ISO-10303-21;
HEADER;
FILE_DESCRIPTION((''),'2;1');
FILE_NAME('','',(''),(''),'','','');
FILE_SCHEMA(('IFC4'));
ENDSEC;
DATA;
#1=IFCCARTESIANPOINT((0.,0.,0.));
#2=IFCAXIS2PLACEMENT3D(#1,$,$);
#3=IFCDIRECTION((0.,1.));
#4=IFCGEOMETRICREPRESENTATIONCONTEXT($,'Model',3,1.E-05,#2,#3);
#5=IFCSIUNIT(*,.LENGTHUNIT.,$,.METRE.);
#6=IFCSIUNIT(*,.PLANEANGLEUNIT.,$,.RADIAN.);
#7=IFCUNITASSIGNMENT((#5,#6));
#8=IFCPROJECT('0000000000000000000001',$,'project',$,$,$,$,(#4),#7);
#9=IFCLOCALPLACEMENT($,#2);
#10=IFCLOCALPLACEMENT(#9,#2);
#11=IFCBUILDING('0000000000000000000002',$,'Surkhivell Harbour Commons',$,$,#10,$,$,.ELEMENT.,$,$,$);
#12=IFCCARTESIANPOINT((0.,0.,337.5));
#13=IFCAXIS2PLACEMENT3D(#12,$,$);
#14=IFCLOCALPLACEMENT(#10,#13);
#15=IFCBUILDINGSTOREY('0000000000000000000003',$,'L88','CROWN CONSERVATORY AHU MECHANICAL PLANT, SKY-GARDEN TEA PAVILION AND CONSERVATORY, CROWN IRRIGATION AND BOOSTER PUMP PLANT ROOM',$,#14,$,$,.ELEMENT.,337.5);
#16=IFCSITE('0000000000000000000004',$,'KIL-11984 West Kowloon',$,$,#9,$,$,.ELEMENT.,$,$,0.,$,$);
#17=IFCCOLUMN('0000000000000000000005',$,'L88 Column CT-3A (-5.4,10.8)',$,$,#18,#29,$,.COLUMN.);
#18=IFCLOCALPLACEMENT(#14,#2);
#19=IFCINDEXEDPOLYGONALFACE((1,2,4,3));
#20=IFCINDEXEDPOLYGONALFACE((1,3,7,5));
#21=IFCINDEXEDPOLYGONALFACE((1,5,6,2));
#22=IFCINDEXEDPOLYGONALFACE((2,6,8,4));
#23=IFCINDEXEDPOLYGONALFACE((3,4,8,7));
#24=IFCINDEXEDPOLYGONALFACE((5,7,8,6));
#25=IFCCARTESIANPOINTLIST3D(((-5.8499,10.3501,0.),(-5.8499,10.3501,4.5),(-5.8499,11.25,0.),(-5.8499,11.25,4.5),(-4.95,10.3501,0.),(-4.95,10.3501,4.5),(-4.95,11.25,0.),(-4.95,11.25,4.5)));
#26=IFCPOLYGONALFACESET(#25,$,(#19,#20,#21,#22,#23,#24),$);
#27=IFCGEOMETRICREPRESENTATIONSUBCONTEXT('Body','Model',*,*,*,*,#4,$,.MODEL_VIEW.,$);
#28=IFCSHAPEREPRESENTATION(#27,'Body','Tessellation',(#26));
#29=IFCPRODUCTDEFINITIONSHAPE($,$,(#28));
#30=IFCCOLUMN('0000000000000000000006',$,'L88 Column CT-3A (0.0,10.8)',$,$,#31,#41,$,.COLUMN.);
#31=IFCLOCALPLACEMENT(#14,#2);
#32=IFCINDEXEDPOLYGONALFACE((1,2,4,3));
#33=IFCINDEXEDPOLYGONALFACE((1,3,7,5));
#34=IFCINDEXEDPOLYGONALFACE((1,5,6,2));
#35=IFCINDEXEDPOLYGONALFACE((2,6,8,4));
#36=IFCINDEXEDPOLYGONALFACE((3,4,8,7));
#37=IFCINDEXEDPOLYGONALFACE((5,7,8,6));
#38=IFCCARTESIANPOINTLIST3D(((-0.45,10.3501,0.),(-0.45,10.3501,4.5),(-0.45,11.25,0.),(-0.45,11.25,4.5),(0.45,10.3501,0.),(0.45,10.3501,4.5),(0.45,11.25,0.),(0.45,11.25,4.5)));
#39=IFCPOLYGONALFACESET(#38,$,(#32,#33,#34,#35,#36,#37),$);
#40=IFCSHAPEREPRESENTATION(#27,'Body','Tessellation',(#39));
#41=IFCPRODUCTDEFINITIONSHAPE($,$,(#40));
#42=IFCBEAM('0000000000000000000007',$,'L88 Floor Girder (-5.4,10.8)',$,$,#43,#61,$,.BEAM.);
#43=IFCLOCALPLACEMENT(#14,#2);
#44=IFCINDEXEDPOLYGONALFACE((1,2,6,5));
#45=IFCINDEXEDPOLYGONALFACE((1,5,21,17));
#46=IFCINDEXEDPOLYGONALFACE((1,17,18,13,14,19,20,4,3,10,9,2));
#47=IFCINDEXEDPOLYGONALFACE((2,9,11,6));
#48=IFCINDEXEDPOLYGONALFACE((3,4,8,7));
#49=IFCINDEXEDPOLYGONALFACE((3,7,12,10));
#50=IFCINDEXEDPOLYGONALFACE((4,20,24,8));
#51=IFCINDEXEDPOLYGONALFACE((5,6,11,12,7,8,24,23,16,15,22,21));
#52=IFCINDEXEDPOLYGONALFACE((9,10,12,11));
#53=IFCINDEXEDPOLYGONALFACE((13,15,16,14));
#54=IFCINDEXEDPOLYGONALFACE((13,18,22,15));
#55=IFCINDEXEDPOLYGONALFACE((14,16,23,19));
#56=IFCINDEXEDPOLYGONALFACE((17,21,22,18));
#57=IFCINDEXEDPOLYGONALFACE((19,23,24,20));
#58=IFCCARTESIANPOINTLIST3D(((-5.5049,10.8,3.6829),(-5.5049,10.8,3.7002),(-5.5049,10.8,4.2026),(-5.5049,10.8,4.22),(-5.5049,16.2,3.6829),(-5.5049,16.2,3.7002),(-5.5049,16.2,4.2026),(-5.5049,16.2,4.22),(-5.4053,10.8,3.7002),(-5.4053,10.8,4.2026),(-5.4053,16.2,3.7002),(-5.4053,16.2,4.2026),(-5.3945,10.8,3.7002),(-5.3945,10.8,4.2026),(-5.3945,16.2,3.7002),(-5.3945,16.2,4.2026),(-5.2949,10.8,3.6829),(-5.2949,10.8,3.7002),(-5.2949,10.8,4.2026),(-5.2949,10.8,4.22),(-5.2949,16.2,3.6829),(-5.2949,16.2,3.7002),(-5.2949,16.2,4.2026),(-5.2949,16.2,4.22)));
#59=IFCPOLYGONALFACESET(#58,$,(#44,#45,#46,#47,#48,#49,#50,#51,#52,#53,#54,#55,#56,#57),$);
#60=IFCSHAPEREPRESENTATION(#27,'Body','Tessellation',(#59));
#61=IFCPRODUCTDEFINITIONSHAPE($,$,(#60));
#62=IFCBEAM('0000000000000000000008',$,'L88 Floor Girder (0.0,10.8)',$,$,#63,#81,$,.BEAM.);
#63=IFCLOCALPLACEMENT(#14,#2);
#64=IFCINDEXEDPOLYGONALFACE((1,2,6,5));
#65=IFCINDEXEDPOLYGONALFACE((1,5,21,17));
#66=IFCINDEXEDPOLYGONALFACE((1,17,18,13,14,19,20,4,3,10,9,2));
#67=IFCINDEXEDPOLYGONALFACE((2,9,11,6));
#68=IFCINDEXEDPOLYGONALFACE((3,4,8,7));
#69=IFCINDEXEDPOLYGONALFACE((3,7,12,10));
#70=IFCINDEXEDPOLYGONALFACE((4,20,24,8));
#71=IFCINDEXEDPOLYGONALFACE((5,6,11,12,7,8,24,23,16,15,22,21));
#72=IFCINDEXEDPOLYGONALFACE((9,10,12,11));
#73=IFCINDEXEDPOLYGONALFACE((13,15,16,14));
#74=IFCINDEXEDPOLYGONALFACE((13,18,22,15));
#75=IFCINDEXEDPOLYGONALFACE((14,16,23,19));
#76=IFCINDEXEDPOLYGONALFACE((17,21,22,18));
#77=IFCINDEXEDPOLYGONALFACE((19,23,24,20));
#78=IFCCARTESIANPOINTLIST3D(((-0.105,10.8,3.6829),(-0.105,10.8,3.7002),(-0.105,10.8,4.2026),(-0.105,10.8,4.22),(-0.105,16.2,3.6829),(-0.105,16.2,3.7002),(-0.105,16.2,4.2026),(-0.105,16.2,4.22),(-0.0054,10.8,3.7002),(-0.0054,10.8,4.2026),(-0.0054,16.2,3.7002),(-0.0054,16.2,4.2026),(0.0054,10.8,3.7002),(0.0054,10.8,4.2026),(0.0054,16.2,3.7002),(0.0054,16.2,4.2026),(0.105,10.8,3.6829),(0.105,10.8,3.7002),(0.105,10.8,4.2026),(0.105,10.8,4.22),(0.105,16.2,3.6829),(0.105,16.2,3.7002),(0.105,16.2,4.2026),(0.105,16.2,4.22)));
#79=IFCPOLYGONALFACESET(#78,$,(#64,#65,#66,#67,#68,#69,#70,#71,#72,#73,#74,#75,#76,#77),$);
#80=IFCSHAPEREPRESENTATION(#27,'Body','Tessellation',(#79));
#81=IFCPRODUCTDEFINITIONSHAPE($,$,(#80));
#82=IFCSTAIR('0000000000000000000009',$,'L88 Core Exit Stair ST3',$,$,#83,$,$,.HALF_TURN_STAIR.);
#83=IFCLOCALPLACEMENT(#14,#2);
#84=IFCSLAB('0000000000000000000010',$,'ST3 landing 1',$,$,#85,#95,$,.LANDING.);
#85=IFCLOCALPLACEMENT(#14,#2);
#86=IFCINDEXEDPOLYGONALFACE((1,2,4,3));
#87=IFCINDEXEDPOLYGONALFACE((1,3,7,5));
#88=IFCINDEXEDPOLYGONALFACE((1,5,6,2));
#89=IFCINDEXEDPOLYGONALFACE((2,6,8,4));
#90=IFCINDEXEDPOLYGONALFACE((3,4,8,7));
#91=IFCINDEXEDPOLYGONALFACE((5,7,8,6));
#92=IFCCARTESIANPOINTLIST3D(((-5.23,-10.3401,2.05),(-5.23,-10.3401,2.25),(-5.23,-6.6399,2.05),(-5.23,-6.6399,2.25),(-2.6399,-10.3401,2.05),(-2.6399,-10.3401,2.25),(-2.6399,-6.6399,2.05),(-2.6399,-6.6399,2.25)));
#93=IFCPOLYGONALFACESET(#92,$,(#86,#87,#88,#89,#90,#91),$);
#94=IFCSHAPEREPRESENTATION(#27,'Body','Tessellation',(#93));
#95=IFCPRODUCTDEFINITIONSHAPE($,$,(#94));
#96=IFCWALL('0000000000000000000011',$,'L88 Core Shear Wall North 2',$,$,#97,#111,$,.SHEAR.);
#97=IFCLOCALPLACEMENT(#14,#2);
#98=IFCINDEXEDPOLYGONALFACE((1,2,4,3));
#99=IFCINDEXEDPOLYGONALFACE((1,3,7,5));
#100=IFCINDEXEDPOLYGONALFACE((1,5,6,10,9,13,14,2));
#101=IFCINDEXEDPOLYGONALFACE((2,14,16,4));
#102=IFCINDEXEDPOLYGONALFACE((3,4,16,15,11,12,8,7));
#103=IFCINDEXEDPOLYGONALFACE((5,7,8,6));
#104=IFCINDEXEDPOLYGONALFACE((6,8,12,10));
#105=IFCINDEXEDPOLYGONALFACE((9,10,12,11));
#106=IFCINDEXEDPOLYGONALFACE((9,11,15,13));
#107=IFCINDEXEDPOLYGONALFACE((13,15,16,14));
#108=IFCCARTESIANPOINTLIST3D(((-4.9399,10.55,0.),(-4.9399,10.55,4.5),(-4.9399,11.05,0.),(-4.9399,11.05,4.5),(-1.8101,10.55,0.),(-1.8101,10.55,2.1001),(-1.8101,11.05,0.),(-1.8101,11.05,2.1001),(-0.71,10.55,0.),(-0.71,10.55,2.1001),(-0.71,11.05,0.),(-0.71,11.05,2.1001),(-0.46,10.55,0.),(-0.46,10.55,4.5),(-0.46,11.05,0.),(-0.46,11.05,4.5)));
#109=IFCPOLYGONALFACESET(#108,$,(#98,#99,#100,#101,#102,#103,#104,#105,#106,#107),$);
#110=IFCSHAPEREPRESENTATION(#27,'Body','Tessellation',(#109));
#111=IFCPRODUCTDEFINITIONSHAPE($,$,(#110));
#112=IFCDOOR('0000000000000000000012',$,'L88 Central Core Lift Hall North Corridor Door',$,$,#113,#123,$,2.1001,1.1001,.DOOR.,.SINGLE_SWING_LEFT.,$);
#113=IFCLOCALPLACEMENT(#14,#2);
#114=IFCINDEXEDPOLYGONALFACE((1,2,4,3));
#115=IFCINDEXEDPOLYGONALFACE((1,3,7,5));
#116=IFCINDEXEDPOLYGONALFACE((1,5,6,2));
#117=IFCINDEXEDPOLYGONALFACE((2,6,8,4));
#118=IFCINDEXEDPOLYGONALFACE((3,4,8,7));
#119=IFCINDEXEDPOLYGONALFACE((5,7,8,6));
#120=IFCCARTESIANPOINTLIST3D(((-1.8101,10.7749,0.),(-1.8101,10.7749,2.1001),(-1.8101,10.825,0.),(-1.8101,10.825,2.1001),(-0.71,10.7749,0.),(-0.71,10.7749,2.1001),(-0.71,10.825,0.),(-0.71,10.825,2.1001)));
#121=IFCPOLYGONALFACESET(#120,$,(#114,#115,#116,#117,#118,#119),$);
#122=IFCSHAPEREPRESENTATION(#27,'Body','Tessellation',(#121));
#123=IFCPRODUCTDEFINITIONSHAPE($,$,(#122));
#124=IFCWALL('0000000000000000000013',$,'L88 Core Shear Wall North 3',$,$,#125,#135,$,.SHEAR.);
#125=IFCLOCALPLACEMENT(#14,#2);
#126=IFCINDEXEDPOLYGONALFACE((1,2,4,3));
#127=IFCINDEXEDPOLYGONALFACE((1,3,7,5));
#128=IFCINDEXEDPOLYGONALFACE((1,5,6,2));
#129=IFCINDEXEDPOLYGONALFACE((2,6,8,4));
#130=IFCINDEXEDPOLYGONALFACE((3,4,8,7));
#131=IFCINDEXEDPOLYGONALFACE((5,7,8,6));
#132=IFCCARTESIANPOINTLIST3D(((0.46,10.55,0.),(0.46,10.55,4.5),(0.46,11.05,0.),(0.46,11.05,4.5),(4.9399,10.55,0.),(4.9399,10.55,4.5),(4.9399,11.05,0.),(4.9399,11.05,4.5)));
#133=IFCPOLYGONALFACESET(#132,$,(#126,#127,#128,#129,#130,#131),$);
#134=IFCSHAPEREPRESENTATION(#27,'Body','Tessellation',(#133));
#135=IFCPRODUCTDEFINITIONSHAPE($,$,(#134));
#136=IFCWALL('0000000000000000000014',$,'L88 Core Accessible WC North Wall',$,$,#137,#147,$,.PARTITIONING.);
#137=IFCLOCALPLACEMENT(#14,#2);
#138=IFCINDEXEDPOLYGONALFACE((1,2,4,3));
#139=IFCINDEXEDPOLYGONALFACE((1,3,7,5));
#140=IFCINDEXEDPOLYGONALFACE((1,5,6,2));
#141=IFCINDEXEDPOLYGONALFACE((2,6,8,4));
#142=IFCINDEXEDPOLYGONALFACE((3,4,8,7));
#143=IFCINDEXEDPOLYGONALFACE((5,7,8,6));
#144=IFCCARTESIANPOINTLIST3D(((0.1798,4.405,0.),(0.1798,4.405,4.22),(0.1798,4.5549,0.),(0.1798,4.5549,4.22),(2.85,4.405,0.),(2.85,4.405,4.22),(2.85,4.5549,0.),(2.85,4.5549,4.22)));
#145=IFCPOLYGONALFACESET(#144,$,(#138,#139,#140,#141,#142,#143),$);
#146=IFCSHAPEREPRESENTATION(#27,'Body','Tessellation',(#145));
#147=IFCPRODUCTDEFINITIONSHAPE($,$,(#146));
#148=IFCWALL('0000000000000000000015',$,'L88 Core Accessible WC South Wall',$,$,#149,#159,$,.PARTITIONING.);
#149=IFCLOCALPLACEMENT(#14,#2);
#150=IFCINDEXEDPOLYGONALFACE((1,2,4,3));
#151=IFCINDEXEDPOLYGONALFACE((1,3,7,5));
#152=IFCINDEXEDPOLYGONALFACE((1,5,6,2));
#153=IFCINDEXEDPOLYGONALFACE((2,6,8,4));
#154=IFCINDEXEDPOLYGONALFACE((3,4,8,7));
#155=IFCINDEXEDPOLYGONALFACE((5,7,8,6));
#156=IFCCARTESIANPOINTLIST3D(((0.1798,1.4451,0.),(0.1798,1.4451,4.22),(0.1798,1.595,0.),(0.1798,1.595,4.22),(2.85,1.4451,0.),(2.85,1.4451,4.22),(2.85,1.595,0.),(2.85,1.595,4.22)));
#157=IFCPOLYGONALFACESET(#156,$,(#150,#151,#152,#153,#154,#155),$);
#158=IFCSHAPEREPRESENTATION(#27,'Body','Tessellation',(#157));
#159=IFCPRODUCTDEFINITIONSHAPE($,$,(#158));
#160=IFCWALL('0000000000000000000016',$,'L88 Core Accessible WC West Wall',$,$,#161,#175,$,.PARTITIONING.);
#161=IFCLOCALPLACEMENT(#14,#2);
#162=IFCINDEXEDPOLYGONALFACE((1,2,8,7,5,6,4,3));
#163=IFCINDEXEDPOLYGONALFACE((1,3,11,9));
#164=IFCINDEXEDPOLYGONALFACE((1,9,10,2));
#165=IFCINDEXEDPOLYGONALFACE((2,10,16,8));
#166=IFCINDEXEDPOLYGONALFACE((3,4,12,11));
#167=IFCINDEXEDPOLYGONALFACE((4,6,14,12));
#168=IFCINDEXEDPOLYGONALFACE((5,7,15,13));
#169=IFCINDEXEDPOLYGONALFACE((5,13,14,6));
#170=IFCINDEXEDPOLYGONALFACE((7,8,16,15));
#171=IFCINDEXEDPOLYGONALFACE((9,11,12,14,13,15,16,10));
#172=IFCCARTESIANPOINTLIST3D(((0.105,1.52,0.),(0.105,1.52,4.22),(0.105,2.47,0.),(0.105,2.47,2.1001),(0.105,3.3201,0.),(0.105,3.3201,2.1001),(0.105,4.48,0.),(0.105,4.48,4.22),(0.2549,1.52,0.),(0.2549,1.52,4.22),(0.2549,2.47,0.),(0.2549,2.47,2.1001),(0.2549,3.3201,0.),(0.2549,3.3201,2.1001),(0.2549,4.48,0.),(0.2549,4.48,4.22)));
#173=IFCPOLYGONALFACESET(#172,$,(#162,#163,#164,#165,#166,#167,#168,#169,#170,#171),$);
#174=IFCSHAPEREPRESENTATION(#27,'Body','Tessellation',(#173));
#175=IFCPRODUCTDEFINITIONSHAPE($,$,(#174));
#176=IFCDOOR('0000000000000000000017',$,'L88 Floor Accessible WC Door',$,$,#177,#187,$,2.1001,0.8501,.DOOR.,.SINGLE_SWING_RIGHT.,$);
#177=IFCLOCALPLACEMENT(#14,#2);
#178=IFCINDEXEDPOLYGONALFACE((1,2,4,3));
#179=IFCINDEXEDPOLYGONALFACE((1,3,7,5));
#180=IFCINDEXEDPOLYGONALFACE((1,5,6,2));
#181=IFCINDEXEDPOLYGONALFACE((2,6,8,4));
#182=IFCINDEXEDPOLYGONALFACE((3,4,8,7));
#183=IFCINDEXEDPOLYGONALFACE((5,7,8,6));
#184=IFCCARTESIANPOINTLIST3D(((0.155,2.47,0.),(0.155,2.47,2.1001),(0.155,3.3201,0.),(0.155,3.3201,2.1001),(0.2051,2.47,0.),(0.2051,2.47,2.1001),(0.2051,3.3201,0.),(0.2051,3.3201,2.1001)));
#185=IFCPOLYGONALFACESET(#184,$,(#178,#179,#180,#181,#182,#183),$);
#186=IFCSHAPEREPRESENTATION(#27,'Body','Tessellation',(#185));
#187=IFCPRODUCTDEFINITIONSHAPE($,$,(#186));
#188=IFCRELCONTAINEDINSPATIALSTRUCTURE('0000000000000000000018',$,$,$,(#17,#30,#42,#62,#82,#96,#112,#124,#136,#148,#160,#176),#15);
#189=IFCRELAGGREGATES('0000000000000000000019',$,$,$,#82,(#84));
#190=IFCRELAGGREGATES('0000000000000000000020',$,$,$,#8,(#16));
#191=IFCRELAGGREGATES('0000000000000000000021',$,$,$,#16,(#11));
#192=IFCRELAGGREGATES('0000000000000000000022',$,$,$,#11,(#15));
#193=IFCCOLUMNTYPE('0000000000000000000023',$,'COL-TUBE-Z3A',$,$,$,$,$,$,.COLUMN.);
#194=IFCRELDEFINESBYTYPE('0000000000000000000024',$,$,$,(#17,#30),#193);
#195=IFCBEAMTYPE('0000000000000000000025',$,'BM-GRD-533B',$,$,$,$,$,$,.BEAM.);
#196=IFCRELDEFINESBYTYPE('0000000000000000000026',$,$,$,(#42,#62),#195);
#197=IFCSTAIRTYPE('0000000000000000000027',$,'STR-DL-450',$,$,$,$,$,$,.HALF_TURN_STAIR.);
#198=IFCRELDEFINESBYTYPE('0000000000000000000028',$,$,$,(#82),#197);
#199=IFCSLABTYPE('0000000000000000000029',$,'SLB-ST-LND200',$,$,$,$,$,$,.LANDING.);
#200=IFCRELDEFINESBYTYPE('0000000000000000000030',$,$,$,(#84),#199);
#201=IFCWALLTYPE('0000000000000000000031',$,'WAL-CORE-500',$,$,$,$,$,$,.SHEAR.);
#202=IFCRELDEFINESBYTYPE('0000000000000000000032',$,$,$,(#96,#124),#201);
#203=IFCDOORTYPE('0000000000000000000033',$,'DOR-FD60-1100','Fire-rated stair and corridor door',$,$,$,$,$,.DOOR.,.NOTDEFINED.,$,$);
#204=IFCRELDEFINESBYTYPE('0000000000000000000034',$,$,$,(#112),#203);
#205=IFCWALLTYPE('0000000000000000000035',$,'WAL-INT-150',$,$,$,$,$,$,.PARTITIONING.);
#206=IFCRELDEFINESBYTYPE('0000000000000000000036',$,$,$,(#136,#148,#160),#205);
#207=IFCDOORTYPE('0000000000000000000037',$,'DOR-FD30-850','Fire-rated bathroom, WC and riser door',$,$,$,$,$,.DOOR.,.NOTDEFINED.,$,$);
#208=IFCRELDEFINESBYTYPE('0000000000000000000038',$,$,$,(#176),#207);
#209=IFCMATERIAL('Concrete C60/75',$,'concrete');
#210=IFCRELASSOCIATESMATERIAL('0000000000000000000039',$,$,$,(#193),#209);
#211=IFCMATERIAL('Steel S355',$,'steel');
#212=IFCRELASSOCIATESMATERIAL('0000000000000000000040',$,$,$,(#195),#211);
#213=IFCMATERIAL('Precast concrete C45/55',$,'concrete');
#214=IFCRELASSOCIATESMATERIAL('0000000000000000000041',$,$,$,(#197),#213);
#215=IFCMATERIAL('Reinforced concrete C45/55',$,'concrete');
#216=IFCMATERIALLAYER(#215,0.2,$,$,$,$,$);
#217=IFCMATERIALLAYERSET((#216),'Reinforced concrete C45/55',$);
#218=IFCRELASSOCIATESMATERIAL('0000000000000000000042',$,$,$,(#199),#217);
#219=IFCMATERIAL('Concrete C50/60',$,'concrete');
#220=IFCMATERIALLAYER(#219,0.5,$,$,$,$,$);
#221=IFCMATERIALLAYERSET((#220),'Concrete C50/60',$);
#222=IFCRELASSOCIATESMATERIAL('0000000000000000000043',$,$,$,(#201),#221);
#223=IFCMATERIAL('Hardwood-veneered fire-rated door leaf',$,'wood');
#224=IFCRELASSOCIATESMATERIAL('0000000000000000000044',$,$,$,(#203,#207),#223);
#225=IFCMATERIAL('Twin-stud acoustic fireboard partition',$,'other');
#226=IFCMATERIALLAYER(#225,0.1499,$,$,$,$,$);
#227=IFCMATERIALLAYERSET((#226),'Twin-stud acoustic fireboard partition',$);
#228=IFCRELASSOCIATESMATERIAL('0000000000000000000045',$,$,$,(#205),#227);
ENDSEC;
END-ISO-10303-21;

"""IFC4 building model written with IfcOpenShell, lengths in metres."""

from ifc_helpers import new_model, si_unit, direction, frame, frame_2d, origin, origin_2d, place, context, subcontext, project, spatial, polyline, rectangle, i_section, outline, extrude, material, layer, layer_set, material_profile, profile_set, type_object, element, fill, aggregate, save


model = new_model("IFC4")

# Units and contexts
model_context = context("Model", 3, precision=1e-05, world=origin(), true_north=direction((0.0, 1.0)))
body_context = subcontext(model_context, "Body", "Model", "MODEL_VIEW")
ifc_project = project(units=[si_unit("LENGTHUNIT", "METRE"), si_unit("PLANEANGLEUNIT", "RADIAN")], contexts=[model_context])

# Site, building, storey
site_placement = place(None, origin())
site = spatial("IfcSite", under=ifc_project, at=site_placement, Name="KIL-11984 West Kowloon", CompositionType="ELEMENT", RefElevation=0.0)
building_placement = place(site_placement, origin())
building = spatial("IfcBuilding", under=site, at=building_placement, Name="Surkhivell Harbour Commons", CompositionType="ELEMENT")
storey_placement = place(building_placement, frame((0.0, 0.0, 337.5)))
storey = spatial("IfcBuildingStorey", under=building, at=storey_placement, Name="L88", Description="CROWN CONSERVATORY AHU MECHANICAL PLANT, SKY-GARDEN TEA PAVILION AND CONSERVATORY, CROWN IRRIGATION AND BOOSTER PUMP PLANT ROOM", CompositionType="ELEMENT", Elevation=337.5)

# Columns
ifc_material_1 = material(Name="Concrete C60/75", Category="concrete")
ifc_material_profile_1 = material_profile(ifc_material_1, rectangle(XDim=0.8999, YDim=0.8999, at=origin_2d()), Name="RC-COL-900x900")
ifc_profile_set_1 = profile_set([ifc_material_profile_1], Name="Concrete C60/75")
column_type = type_object("IfcColumnType", Name="COL-TUBE-Z3A", PredefinedType="COLUMN", material=ifc_profile_set_1)
for number, where, z_axis, x_axis, name in (
    (1, (-5.3999, 10.8, 0.0), (0.0, 0.0, 1.0), (1.0, 0.0, 0.0), "L88 Column CT-3A (-5.4,10.8)"),
    (2, (0.0, 10.8, 0.0), (0.0, 0.0, 1.0), (1.0, 0.0, 0.0), "L88 Column CT-3A (0.0,10.8)"),
):
    element("IfcColumn", number, at=place(storey_placement, frame(where, z_axis=z_axis, x_axis=x_axis)), inside=storey, type_object=column_type, Name=name, PredefinedType="COLUMN", context=body_context, shape_type="SweptSolid", body=[
        extrude(rectangle(XDim=0.8999, YDim=0.8999, at=origin_2d()), origin(), (0.0, 0.0, 1.0), 4.5),
    ])

# Beams
ifc_material_2 = material(Name="Steel S355", Category="steel")
ifc_material_profile_2 = material_profile(ifc_material_2, i_section(OverallWidth=0.21, OverallDepth=0.5371, WebThickness=0.0107, FlangeThickness=0.0173, at=origin_2d()), Name="UB533x210x101")
ifc_profile_set_2 = profile_set([ifc_material_profile_2], Name="Steel S355")
beam_type = type_object("IfcBeamType", Name="BM-GRD-533B", PredefinedType="BEAM", material=ifc_profile_set_2)
for number, where, z_axis, x_axis, name in (
    (3, (-5.3999, 10.8, 3.9514), (0.0, 1.0, 0.0), (-1.0, 0.0, 0.0), "L88 Floor Girder (-5.4,10.8)"),
    (4, (0.0, 10.8, 3.9514), (0.0, 1.0, 0.0), (-1.0, 0.0, 0.0), "L88 Floor Girder (0.0,10.8)"),
):
    element("IfcBeam", number, at=place(storey_placement, frame(where, z_axis=z_axis, x_axis=x_axis)), inside=storey, type_object=beam_type, Name=name, PredefinedType="BEAM", context=body_context, shape_type="SweptSolid", body=[
        extrude(i_section(OverallWidth=0.21, OverallDepth=0.5371, WebThickness=0.0107, FlangeThickness=0.0173, at=origin_2d()), origin(), (0.0, 0.0, 1.0), 5.3999),
    ])

# Stair, slab
ifc_material_3 = material(Name="Precast concrete C45/55", Category="concrete")
stair_type = type_object("IfcStairType", Name="STR-DL-450", PredefinedType="HALF_TURN_STAIR", material=ifc_material_3)
stair_1_placement = place(storey_placement, origin())
stair_1 = element("IfcStair", 5, at=stair_1_placement, inside=storey, type_object=stair_type, Name="L88 Core Exit Stair ST3", PredefinedType="HALF_TURN_STAIR")
ifc_material_4 = material(Name="Reinforced concrete C45/55", Category="concrete")
ifc_layer_1 = layer(ifc_material_4, 0.2)
ifc_layer_set_1 = layer_set([ifc_layer_1], Name="Reinforced concrete C45/55")
slab_type = type_object("IfcSlabType", Name="SLB-ST-LND200", PredefinedType="LANDING", material=ifc_layer_set_1)
slab_placement = place(storey_placement, frame((0.0, 0.0, 2.05)))
slab = element("IfcSlab", 6, at=slab_placement, type_object=slab_type, Name="ST3 landing 1", PredefinedType="LANDING", context=body_context, shape_type="SweptSolid", body=[
    extrude(outline(polyline([(-5.23, -10.3401), (-2.6399, -10.3401), (-2.6399, -6.6399), (-5.23, -6.6399), (-5.23, -10.3401)])), origin(), (0.0, 0.0, 1.0), 0.2),
])
aggregate(stair_1, [slab])

# Wall, opening, door
ifc_material_5 = material(Name="Concrete C50/60", Category="concrete")
ifc_layer_2 = layer(ifc_material_5, 0.5)
ifc_layer_set_2 = layer_set([ifc_layer_2], Name="Concrete C50/60")
wall_type_1 = type_object("IfcWallType", Name="WAL-CORE-500", PredefinedType="SHEAR", material=ifc_layer_set_2)
wall_1_placement = place(storey_placement, frame((-4.9399, 10.8, 0.0), z_axis=(0.0, 0.0, 1.0), x_axis=(1.0, 0.0, 0.0)))
wall_1 = element("IfcWall", 7, at=wall_1_placement, inside=storey, type_object=wall_type_1, Name="L88 Core Shear Wall North 2", PredefinedType="SHEAR", context=body_context, shape_type="SweptSolid", body=[
    extrude(rectangle(XDim=4.48, YDim=0.5, at=frame_2d((2.24, 0.0))), origin(), (0.0, 0.0, 1.0), 4.5),
])
opening_1_placement = place(wall_1_placement, frame((3.1299, 0.0, 0.0)))
opening_1 = element("IfcOpeningElement", 8, at=opening_1_placement, cuts=wall_1, PredefinedType="OPENING", context=body_context, shape_type="SweptSolid", body=[
    extrude(rectangle(XDim=1.1001, YDim=2.1001, at=frame_2d((0.55, 1.05))), frame((0.0, 0.26, 0.0), z_axis=(0.0, -1.0, 0.0), x_axis=(1.0, 0.0, 0.0)), (0.0, 0.0, 1.0), 0.52),
])
ifc_material_6 = material(Name="Hardwood-veneered fire-rated door leaf", Category="wood")
door_type_1 = type_object("IfcDoorType", Name="DOR-FD60-1100", Description="Fire-rated stair and corridor door", OperationType="NOTDEFINED", PredefinedType="DOOR", material=ifc_material_6)
door_1_placement = place(opening_1_placement, origin())
door_1 = element("IfcDoor", 9, at=door_1_placement, inside=storey, type_object=door_type_1, Name="L88 Central Core Lift Hall North Corridor Door", OperationType="SINGLE_SWING_LEFT", OverallHeight=2.1001, OverallWidth=1.1001, PredefinedType="DOOR", context=body_context, shape_type="SweptSolid", body=[
    extrude(rectangle(XDim=1.1001, YDim=2.1001, at=frame_2d((0.55, 1.05))), frame((0.0, 0.0249, 0.0), z_axis=(0.0, -1.0, 0.0), x_axis=(1.0, 0.0, 0.0)), (0.0, 0.0, 1.0), 0.05),
])
fill(opening_1, door_1)

# Walls
wall_2_placement = place(storey_placement, frame((0.46, 10.8, 0.0), z_axis=(0.0, 0.0, 1.0), x_axis=(1.0, 0.0, 0.0)))
element("IfcWall", 10, at=wall_2_placement, inside=storey, type_object=wall_type_1, Name="L88 Core Shear Wall North 3", PredefinedType="SHEAR", context=body_context, shape_type="SweptSolid", body=[
    extrude(rectangle(XDim=4.48, YDim=0.5, at=frame_2d((2.24, 0.0))), origin(), (0.0, 0.0, 1.0), 4.5),
])
ifc_material_7 = material(Name="Twin-stud acoustic fireboard partition", Category="other")
ifc_layer_3 = layer(ifc_material_7, 0.1499)
ifc_layer_set_3 = layer_set([ifc_layer_3], Name="Twin-stud acoustic fireboard partition")
wall_type_2 = type_object("IfcWallType", Name="WAL-INT-150", PredefinedType="PARTITIONING", material=ifc_layer_set_3)
for number, where, z_axis, x_axis, name in (
    (11, (0.1799, 4.48, 0.0), (0.0, 0.0, 1.0), (1.0, 0.0, 0.0), "L88 Core Accessible WC North Wall"),
    (12, (0.1799, 1.52, 0.0), (0.0, 0.0, 1.0), (1.0, 0.0, 0.0), "L88 Core Accessible WC South Wall"),
):
    element("IfcWall", number, at=place(storey_placement, frame(where, z_axis=z_axis, x_axis=x_axis)), inside=storey, type_object=wall_type_2, Name=name, PredefinedType="PARTITIONING", context=body_context, shape_type="SweptSolid", body=[
        extrude(rectangle(XDim=2.6702, YDim=0.1499, at=frame_2d((1.335, 0.0))), origin(), (0.0, 0.0, 1.0), 4.22),
    ])

# Wall, opening, door
wall_3_placement = place(storey_placement, frame((0.1799, 1.52, 0.0), z_axis=(0.0, 0.0, 1.0), x_axis=(0.0, 1.0, 0.0)))
wall_3 = element("IfcWall", 13, at=wall_3_placement, inside=storey, type_object=wall_type_2, Name="L88 Core Accessible WC West Wall", PredefinedType="PARTITIONING", context=body_context, shape_type="SweptSolid", body=[
    extrude(rectangle(XDim=2.96, YDim=0.1499, at=frame_2d((1.48, 0.0))), origin(), (0.0, 0.0, 1.0), 4.22),
])
opening_2_placement = place(wall_3_placement, frame((0.95, 0.0, 0.0)))
opening_2 = element("IfcOpeningElement", 14, at=opening_2_placement, cuts=wall_3, PredefinedType="OPENING", context=body_context, shape_type="SweptSolid", body=[
    extrude(rectangle(XDim=0.8501, YDim=2.1001, at=frame_2d((0.425, 1.05))), frame((0.0, 0.085, 0.0), z_axis=(0.0, -1.0, 0.0), x_axis=(1.0, 0.0, 0.0)), (0.0, 0.0, 1.0), 0.1699),
])
door_type_2 = type_object("IfcDoorType", Name="DOR-FD30-850", Description="Fire-rated bathroom, WC and riser door", OperationType="NOTDEFINED", PredefinedType="DOOR", material=ifc_material_6)
door_2_placement = place(opening_2_placement, origin())
door_2 = element("IfcDoor", 15, at=door_2_placement, inside=storey, type_object=door_type_2, Name="L88 Floor Accessible WC Door", OperationType="SINGLE_SWING_RIGHT", OverallHeight=2.1001, OverallWidth=0.8501, PredefinedType="DOOR", context=body_context, shape_type="SweptSolid", body=[
    extrude(rectangle(XDim=0.8501, YDim=2.1001, at=frame_2d((0.425, 1.05))), frame((0.0, 0.0249, 0.0), z_axis=(0.0, -1.0, 0.0), x_axis=(1.0, 0.0, 0.0)), (0.0, 0.0, 1.0), 0.05),
])
fill(opening_2, door_2)

save(model, "model.ifc")
